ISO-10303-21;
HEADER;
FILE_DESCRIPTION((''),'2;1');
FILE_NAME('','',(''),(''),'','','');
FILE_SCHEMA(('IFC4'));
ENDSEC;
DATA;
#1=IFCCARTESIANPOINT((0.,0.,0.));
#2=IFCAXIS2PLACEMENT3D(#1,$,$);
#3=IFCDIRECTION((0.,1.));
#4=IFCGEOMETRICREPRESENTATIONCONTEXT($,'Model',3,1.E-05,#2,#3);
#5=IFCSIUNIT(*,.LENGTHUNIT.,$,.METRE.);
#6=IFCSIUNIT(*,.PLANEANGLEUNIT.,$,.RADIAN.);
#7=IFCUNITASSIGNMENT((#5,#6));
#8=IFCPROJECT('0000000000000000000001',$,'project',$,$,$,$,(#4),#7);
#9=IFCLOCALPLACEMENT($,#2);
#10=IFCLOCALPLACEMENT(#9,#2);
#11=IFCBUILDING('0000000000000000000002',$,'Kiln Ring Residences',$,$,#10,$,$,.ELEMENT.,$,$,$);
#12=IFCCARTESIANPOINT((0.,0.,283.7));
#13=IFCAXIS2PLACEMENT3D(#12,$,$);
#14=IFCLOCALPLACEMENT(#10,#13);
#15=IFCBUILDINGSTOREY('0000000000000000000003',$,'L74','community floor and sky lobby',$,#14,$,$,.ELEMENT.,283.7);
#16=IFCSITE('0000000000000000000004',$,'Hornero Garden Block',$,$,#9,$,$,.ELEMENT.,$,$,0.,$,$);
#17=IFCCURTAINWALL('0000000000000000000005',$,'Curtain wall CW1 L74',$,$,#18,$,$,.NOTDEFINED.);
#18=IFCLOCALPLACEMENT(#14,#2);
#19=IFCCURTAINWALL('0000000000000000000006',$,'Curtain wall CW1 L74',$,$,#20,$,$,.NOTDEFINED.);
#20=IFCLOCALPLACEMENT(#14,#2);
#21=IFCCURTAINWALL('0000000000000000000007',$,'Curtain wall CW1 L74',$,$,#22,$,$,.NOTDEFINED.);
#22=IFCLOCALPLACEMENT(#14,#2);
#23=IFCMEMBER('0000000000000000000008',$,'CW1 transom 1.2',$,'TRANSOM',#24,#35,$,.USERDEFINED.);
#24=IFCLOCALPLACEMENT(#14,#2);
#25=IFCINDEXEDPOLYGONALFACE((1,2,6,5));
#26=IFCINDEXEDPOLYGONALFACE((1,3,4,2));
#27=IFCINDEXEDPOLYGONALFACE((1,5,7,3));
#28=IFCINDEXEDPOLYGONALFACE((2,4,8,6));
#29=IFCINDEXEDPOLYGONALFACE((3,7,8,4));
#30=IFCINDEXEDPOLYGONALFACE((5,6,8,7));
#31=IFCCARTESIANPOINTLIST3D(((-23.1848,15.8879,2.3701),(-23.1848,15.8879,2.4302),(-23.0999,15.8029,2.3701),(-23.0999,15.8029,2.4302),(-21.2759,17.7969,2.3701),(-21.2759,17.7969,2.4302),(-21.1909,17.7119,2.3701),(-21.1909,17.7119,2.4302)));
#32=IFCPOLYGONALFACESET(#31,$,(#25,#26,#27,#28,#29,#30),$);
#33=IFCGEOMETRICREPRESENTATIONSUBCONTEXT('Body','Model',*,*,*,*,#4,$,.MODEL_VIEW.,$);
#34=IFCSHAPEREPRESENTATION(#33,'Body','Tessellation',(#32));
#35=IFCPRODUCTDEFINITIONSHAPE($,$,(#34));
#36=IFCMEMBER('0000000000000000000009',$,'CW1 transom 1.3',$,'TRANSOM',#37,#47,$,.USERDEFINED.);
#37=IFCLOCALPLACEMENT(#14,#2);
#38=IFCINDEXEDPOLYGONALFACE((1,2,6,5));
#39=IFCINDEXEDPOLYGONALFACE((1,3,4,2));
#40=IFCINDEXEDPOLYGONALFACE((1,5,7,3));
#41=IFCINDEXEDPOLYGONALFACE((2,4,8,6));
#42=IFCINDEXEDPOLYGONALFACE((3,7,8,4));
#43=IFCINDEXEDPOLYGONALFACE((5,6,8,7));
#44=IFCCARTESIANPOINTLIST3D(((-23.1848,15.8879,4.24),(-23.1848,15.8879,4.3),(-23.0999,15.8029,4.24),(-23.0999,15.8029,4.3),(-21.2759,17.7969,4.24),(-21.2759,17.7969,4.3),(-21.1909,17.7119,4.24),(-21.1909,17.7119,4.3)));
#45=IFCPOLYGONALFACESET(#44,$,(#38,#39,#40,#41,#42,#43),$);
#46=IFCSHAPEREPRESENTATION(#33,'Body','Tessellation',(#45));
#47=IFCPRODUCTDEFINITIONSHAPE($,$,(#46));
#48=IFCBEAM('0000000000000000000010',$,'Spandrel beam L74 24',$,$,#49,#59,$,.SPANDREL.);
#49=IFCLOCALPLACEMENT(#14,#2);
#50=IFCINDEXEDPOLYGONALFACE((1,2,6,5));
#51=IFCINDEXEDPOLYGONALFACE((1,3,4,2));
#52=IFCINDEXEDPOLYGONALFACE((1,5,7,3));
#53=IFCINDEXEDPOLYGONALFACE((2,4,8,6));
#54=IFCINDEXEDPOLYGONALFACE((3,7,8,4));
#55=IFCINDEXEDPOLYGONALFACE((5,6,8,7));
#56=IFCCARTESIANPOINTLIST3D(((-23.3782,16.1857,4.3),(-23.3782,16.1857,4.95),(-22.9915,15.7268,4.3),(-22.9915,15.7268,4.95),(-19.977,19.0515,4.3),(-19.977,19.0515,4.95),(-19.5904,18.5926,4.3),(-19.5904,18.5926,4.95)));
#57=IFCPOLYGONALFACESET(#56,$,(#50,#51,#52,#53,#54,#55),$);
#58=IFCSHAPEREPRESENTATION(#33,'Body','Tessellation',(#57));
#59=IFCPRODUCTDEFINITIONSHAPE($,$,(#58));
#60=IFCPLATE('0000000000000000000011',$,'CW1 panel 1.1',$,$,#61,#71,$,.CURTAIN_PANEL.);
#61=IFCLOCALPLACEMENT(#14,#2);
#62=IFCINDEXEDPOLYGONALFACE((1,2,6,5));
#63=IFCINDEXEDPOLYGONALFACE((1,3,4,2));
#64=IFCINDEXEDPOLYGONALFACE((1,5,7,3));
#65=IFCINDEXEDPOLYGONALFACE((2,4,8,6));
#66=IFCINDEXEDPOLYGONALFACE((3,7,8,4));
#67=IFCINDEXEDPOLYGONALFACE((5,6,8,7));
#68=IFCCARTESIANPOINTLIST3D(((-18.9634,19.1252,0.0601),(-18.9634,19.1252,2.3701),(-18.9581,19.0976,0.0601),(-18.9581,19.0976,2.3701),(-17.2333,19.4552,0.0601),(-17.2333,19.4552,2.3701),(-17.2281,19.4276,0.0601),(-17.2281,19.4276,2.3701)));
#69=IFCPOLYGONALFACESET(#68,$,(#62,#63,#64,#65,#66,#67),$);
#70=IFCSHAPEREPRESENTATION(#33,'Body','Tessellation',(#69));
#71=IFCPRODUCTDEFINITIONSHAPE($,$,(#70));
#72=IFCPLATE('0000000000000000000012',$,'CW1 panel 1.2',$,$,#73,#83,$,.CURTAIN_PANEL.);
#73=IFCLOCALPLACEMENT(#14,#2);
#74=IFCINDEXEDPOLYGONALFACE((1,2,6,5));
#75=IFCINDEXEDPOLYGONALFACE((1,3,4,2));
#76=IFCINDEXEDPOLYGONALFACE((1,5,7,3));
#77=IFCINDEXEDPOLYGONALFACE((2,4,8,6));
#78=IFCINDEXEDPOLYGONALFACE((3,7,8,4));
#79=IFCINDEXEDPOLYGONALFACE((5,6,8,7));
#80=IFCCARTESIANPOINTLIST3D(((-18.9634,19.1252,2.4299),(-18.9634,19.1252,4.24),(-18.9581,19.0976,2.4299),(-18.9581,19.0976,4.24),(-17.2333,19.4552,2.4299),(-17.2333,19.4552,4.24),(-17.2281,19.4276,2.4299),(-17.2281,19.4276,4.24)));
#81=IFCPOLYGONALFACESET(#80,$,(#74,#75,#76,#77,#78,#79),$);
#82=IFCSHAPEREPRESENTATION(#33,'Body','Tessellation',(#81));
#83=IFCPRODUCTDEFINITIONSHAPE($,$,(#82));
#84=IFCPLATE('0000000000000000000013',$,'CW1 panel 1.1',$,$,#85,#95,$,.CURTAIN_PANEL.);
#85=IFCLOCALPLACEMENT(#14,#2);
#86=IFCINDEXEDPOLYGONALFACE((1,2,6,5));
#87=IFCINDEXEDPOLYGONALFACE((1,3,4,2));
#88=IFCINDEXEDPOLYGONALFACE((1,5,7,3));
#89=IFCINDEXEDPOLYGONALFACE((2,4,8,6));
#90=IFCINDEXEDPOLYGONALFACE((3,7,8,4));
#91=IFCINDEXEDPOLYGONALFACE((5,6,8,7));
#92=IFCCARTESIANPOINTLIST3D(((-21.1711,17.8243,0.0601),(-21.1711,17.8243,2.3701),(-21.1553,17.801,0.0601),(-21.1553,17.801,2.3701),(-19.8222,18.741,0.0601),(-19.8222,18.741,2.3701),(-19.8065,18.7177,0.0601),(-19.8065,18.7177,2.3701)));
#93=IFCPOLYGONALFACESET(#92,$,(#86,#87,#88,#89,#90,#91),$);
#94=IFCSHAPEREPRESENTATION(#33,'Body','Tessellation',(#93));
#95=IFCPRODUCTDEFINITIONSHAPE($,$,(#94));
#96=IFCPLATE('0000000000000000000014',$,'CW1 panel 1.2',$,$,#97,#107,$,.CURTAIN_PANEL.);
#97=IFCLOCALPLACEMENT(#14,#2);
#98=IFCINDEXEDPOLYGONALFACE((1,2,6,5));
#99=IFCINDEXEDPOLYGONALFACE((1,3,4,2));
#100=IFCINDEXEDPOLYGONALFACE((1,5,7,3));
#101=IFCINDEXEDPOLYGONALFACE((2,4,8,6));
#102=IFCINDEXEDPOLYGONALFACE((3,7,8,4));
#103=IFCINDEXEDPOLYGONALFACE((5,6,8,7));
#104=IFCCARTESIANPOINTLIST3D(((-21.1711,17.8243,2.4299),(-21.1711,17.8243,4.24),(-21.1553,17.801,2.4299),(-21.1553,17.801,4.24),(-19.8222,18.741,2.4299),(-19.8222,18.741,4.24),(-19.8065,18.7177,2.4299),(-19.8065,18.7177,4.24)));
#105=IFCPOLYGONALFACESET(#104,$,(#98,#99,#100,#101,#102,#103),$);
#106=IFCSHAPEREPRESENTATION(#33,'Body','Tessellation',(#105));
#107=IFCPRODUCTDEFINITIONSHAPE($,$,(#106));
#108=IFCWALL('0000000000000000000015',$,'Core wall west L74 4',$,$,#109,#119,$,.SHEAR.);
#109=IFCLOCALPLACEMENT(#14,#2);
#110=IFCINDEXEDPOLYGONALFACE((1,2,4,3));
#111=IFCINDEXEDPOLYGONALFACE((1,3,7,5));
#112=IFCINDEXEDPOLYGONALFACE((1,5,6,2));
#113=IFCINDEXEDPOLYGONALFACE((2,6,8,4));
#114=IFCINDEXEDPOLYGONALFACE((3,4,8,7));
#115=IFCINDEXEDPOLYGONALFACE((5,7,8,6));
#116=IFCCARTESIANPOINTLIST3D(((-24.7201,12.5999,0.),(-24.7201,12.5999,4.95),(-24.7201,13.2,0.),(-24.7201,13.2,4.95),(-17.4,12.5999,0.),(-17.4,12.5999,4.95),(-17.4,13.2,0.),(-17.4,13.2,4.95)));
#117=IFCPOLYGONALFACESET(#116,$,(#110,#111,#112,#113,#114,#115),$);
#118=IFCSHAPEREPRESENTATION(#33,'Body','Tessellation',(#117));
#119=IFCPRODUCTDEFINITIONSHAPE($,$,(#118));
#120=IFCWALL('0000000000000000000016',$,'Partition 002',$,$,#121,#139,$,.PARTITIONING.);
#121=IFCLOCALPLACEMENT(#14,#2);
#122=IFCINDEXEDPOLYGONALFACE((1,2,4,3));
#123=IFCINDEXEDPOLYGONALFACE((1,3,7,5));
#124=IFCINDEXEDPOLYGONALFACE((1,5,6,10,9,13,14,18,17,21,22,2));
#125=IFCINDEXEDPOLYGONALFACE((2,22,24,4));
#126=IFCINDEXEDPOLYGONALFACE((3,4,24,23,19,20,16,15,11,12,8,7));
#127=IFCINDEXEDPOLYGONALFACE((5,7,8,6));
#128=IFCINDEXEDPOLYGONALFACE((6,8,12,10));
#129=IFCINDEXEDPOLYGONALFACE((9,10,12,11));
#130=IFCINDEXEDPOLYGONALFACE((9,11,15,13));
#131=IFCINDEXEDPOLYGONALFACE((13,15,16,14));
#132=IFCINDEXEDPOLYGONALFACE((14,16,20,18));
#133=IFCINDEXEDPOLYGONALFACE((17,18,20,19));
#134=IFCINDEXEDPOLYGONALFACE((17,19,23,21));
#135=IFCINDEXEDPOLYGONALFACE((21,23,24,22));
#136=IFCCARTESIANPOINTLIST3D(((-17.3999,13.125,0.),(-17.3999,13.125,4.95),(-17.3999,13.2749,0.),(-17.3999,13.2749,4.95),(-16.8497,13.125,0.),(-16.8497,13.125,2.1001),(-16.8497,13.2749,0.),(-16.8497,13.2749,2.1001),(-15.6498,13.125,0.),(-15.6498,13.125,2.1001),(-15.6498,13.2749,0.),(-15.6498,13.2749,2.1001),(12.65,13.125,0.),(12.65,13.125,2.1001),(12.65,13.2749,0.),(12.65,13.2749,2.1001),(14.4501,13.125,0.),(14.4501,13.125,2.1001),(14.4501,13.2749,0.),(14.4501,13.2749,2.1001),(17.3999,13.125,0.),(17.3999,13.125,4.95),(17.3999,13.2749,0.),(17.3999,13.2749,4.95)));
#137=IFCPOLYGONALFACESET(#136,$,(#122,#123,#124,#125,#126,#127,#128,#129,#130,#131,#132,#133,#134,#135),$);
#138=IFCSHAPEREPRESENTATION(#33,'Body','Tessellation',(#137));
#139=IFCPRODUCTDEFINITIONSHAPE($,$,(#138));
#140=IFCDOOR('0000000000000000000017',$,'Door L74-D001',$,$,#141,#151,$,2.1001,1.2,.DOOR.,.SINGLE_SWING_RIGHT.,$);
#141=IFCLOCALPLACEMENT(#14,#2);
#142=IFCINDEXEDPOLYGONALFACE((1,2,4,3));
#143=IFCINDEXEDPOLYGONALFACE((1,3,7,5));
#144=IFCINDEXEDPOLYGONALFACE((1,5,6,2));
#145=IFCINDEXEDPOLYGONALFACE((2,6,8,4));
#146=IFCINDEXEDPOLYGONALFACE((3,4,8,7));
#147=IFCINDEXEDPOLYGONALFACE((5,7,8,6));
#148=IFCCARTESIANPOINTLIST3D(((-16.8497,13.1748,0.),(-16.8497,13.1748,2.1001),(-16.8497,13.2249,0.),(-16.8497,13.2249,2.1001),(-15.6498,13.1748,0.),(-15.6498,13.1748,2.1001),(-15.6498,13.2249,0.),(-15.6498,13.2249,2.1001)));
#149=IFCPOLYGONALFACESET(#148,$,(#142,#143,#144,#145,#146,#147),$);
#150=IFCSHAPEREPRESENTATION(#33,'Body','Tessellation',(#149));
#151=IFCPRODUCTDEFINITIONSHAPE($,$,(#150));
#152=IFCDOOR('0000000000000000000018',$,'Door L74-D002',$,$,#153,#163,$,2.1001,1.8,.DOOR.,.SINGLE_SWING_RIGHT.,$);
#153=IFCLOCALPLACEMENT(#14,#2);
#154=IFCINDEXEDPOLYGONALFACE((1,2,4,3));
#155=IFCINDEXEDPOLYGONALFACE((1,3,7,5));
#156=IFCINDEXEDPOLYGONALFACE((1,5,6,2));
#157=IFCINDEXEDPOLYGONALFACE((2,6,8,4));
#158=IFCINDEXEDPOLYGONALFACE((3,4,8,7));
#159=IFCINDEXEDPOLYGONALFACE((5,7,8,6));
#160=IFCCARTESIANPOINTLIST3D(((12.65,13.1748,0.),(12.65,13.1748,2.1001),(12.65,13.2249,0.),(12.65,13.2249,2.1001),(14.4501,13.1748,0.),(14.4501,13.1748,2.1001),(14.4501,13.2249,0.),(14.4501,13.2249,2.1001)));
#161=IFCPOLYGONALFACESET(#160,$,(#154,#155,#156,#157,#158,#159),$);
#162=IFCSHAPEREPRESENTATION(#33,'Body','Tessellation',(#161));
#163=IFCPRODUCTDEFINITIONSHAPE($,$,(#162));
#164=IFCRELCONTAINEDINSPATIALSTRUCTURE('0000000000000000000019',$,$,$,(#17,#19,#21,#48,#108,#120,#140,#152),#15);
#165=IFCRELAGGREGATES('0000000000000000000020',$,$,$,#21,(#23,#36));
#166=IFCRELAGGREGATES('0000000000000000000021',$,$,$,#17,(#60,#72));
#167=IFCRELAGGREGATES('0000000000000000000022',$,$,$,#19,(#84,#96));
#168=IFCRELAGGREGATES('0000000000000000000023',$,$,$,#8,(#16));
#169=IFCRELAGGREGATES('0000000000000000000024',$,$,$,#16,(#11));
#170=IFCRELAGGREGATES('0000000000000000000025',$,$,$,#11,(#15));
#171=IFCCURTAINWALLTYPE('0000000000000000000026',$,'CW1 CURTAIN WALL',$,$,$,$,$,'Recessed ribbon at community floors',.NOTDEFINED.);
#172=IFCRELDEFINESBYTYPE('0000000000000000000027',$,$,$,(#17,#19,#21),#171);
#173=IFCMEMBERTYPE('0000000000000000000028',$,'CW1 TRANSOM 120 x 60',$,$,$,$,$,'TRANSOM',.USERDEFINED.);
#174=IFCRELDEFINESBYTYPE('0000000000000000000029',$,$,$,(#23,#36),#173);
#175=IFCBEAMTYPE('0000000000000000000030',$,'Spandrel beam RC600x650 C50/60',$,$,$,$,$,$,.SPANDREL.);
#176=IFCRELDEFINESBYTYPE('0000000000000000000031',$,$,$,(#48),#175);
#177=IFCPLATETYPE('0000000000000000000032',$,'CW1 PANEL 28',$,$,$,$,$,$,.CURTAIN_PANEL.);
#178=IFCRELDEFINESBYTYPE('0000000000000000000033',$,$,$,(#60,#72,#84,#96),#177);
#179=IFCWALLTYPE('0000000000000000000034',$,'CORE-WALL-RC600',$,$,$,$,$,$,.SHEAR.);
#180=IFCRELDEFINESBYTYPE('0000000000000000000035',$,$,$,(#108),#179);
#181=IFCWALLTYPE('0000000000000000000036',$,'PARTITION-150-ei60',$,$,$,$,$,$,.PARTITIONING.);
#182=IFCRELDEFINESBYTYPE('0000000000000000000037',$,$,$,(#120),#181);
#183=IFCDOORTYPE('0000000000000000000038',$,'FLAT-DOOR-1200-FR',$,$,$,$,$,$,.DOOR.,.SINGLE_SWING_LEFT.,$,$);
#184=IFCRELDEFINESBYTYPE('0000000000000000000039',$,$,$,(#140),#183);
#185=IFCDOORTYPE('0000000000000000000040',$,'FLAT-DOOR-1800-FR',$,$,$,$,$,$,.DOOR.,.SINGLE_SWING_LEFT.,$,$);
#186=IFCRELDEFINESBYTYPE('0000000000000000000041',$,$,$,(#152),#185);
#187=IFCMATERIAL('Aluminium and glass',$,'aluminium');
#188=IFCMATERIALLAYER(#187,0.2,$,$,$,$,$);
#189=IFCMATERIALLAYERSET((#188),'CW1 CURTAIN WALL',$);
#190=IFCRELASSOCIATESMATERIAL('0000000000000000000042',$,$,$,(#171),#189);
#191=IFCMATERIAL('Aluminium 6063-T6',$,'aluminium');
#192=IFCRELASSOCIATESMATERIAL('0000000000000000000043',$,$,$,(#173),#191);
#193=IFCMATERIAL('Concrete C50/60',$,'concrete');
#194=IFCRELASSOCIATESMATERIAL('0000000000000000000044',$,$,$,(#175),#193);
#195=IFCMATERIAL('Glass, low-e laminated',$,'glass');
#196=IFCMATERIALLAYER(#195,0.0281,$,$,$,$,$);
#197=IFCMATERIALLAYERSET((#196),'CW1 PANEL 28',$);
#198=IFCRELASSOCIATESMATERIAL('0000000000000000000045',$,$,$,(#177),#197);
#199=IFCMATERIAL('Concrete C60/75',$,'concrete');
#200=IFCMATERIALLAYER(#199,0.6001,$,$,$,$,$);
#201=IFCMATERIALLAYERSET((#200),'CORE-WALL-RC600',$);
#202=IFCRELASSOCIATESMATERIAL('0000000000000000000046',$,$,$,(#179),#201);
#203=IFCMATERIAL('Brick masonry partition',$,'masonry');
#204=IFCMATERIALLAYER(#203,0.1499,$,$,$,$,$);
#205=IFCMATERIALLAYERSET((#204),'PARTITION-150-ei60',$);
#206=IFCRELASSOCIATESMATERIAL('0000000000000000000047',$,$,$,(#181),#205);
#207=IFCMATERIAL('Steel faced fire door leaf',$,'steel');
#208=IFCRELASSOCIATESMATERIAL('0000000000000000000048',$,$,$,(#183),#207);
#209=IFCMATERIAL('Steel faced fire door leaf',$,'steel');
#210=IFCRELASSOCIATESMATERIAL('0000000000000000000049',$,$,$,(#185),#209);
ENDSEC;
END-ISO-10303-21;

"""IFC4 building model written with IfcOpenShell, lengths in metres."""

from ifc_helpers import new_model, si_unit, direction, frame, frame_2d, origin, origin_2d, place, context, subcontext, project, spatial, rectangle, extrude, material, layer, layer_set, material_profile, profile_set, type_object, element, fill, aggregate, save


model = new_model("IFC4")

# Units and contexts
model_context = context("Model", 3, precision=1e-05, world=origin(), true_north=direction((0.0, 1.0)))
body_context = subcontext(model_context, "Body", "Model", "MODEL_VIEW")
ifc_project = project(units=[si_unit("LENGTHUNIT", "METRE"), si_unit("PLANEANGLEUNIT", "RADIAN")], contexts=[model_context])

# Site, building, storey
site_placement = place(None, origin())
site = spatial("IfcSite", under=ifc_project, at=site_placement, Name="Hornero Garden Block", CompositionType="ELEMENT", RefElevation=0.0)
building_placement = place(site_placement, origin())
building = spatial("IfcBuilding", under=site, at=building_placement, Name="Kiln Ring Residences", CompositionType="ELEMENT")
storey_placement = place(building_placement, frame((0.0, 0.0, 283.7)))
storey = spatial("IfcBuildingStorey", under=building, at=storey_placement, Name="L74", Description="community floor and sky lobby", CompositionType="ELEMENT", Elevation=283.7)

# Shared definitions
ifc_material_1 = material(Name="Aluminium and glass", Category="aluminium")
ifc_layer_1 = layer(ifc_material_1, 0.2)
ifc_layer_set_1 = layer_set([ifc_layer_1], Name="CW1 CURTAIN WALL")
curtain_wall_type = type_object("IfcCurtainWallType", Name="CW1 CURTAIN WALL", ElementType="Recessed ribbon at community floors", PredefinedType="NOTDEFINED", material=ifc_layer_set_1)
placement = place(storey_placement, origin())

# Curtain walls
curtain_wall_1 = element("IfcCurtainWall", 1, at=placement, inside=storey, type_object=curtain_wall_type, Name="Curtain wall CW1 L74", PredefinedType="NOTDEFINED")
curtain_wall_2 = element("IfcCurtainWall", 2, at=placement, inside=storey, type_object=curtain_wall_type, Name="Curtain wall CW1 L74", PredefinedType="NOTDEFINED")

# Curtain wall
curtain_wall_3 = element("IfcCurtainWall", 3, at=placement, inside=storey, type_object=curtain_wall_type, Name="Curtain wall CW1 L74", PredefinedType="NOTDEFINED")

# Members
ifc_material_2 = material(Name="Aluminium 6063-T6", Category="aluminium")
ifc_material_profile_1 = material_profile(ifc_material_2, rectangle(XDim=0.1201, YDim=0.0601, at=origin_2d()), Name="AL 120x60")
ifc_profile_set_1 = profile_set([ifc_material_profile_1], Name="Aluminium 6063-T6")
member_type_1 = type_object("IfcMemberType", Name="CW1 TRANSOM 120 x 60", ElementType="TRANSOM", PredefinedType="USERDEFINED", material=ifc_profile_set_1)
member_1_placement = place(storey_placement, frame((-21.2334, 17.7544, 2.4001), z_axis=(-0.707107, -0.707107, 0.0), x_axis=(0.707107, -0.707107, 0.0)))
member_1 = element("IfcMember", 4, at=member_1_placement, type_object=member_type_1, Name="CW1 transom 1.2", ObjectType="TRANSOM", PredefinedType="USERDEFINED", context=body_context, shape_type="SweptSolid", body=[
    extrude(rectangle(XDim=0.1201, YDim=0.0601, at=origin_2d()), origin(), (0.0, 0.0, 1.0), 2.6997),
])
member_2_placement = place(storey_placement, frame((-21.2334, 17.7544, 4.27), z_axis=(-0.707107, -0.707107, 0.0), x_axis=(0.707107, -0.707107, 0.0)))
member_2 = element("IfcMember", 5, at=member_2_placement, type_object=member_type_1, Name="CW1 transom 1.3", ObjectType="TRANSOM", PredefinedType="USERDEFINED", context=body_context, shape_type="SweptSolid", body=[
    extrude(rectangle(XDim=0.1201, YDim=0.0601, at=origin_2d()), origin(), (0.0, 0.0, 1.0), 2.6997),
])
aggregate(curtain_wall_3, [member_1, member_2])

# Beam
ifc_material_3 = material(Name="Concrete C50/60", Category="concrete")
ifc_material_profile_2 = material_profile(ifc_material_3, rectangle(XDim=0.6001, YDim=0.6499, at=origin_2d()), Name="RC600x650")
ifc_profile_set_2 = profile_set([ifc_material_profile_2], Name="Concrete C50/60")
beam_type = type_object("IfcBeamType", Name="Spandrel beam RC600x650 C50/60", PredefinedType="SPANDREL", material=ifc_profile_set_2)
beam_placement = place(storey_placement, frame((-19.7837, 18.822, 4.625), z_axis=(-0.764732, -0.644349, 0.0), x_axis=(0.644349, -0.764732, 0.0)))
element("IfcBeam", 6, at=beam_placement, inside=storey, type_object=beam_type, Name="Spandrel beam L74 24", PredefinedType="SPANDREL", context=body_context, shape_type="SweptSolid", body=[
    extrude(rectangle(XDim=0.6001, YDim=0.6499, at=origin_2d()), origin(), (0.0, 0.0, 1.0), 4.4475),
])

# Plates
ifc_material_4 = material(Name="Glass, low-e laminated", Category="glass")
ifc_layer_2 = layer(ifc_material_4, 0.0281)
ifc_layer_set_2 = layer_set([ifc_layer_2], Name="CW1 PANEL 28")
plate_type = type_object("IfcPlateType", Name="CW1 PANEL 28", PredefinedType="CURTAIN_PANEL", material=ifc_layer_set_2)
plate_1_placement = place(storey_placement, frame((-18.0957, 19.2764, 0.0601), z_axis=(0.0, 0.0, 1.0), x_axis=(-0.98229, -0.187366, 0.0)))
plate_1 = element("IfcPlate", 7, at=plate_1_placement, type_object=plate_type, Name="CW1 panel 1.1", PredefinedType="CURTAIN_PANEL", context=body_context, shape_type="SweptSolid", body=[
    extrude(rectangle(XDim=1.7612, YDim=0.0281, at=origin_2d()), origin(), (0.0, 0.0, 1.0), 2.3101),
])
plate_2_placement = place(storey_placement, frame((-18.0957, 19.2764, 2.4299), z_axis=(0.0, 0.0, 1.0), x_axis=(-0.98229, -0.187366, 0.0)))
plate_2 = element("IfcPlate", 8, at=plate_2_placement, type_object=plate_type, Name="CW1 panel 1.2", PredefinedType="CURTAIN_PANEL", context=body_context, shape_type="SweptSolid", body=[
    extrude(rectangle(XDim=1.7612, YDim=0.0281, at=origin_2d()), origin(), (0.0, 0.0, 1.0), 1.8101),
])
aggregate(curtain_wall_1, [plate_1, plate_2])
plate_3_placement = place(storey_placement, frame((-20.4888, 18.271, 0.0601), z_axis=(0.0, 0.0, 1.0), x_axis=(-0.827072, -0.562097, 0.0)))
plate_3 = element("IfcPlate", 9, at=plate_3_placement, type_object=plate_type, Name="CW1 panel 1.1", PredefinedType="CURTAIN_PANEL", context=body_context, shape_type="SweptSolid", body=[
    extrude(rectangle(XDim=1.6309, YDim=0.0281, at=origin_2d()), origin(), (0.0, 0.0, 1.0), 2.3101),
])
plate_4_placement = place(storey_placement, frame((-20.4888, 18.271, 2.4299), z_axis=(0.0, 0.0, 1.0), x_axis=(-0.827072, -0.562097, 0.0)))
plate_4 = element("IfcPlate", 10, at=plate_4_placement, type_object=plate_type, Name="CW1 panel 1.2", PredefinedType="CURTAIN_PANEL", context=body_context, shape_type="SweptSolid", body=[
    extrude(rectangle(XDim=1.6309, YDim=0.0281, at=origin_2d()), origin(), (0.0, 0.0, 1.0), 1.8101),
])
aggregate(curtain_wall_2, [plate_3, plate_4])

# Wall
ifc_material_5 = material(Name="Concrete C60/75", Category="concrete")
ifc_layer_3 = layer(ifc_material_5, 0.6001)
ifc_layer_set_3 = layer_set([ifc_layer_3], Name="CORE-WALL-RC600")
wall_type_1 = type_object("IfcWallType", Name="CORE-WALL-RC600", PredefinedType="SHEAR", material=ifc_layer_set_3)
wall_1_placement = place(storey_placement, frame((-17.3999, 12.8999, 0.0), z_axis=(0.0, 0.0, 1.0), x_axis=(-1.0, 0.0, 0.0)))
element("IfcWall", 11, at=wall_1_placement, inside=storey, type_object=wall_type_1, Name="Core wall west L74 4", PredefinedType="SHEAR", context=body_context, shape_type="SweptSolid", body=[
    extrude(rectangle(XDim=7.3201, YDim=0.6001, at=frame_2d((3.6602, 0.0))), origin(), (0.0, 0.0, 1.0), 4.95),
])

# Wall, openings, doors
ifc_material_6 = material(Name="Brick masonry partition", Category="masonry")
ifc_layer_4 = layer(ifc_material_6, 0.1499)
ifc_layer_set_4 = layer_set([ifc_layer_4], Name="PARTITION-150-ei60")
wall_type_2 = type_object("IfcWallType", Name="PARTITION-150-ei60", PredefinedType="PARTITIONING", material=ifc_layer_set_4)
wall_2_placement = place(storey_placement, frame((-17.3999, 13.2, 0.0), z_axis=(0.0, 0.0, 1.0), x_axis=(1.0, 0.0, 0.0)))
wall_2 = element("IfcWall", 12, at=wall_2_placement, inside=storey, type_object=wall_type_2, Name="Partition 002", PredefinedType="PARTITIONING", context=body_context, shape_type="SweptSolid", body=[
    extrude(rectangle(XDim=34.7998, YDim=0.1499, at=frame_2d((17.3999, 0.0))), origin(), (0.0, 0.0, 1.0), 4.95),
])
opening_1_placement = place(wall_2_placement, frame((0.55, 0.0, 0.0)))
opening_1 = element("IfcOpeningElement", 13, at=opening_1_placement, cuts=wall_2, PredefinedType="OPENING", context=body_context, shape_type="SweptSolid", body=[
    extrude(rectangle(XDim=1.2, YDim=2.1001, at=frame_2d((0.6001, 1.05))), frame((0.0, 0.085, 0.0), z_axis=(0.0, -1.0, 0.0), x_axis=(1.0, 0.0, 0.0)), (0.0, 0.0, 1.0), 0.1699),
])
opening_2_placement = place(wall_2_placement, frame((30.05, 0.0, 0.0)))
opening_2 = element("IfcOpeningElement", 14, at=opening_2_placement, cuts=wall_2, PredefinedType="OPENING", context=body_context, shape_type="SweptSolid", body=[
    extrude(rectangle(XDim=1.8, YDim=2.1001, at=frame_2d((0.8999, 1.05))), frame((0.0, 0.085, 0.0), z_axis=(0.0, -1.0, 0.0), x_axis=(1.0, 0.0, 0.0)), (0.0, 0.0, 1.0), 0.1699),
])
ifc_material_7 = material(Name="Steel faced fire door leaf", Category="steel")
door_type_1 = type_object("IfcDoorType", Name="FLAT-DOOR-1200-FR", OperationType="SINGLE_SWING_LEFT", PredefinedType="DOOR", material=ifc_material_7)
door_1_placement = place(opening_1_placement, origin())
door_1 = element("IfcDoor", 15, at=door_1_placement, inside=storey, type_object=door_type_1, Name="Door L74-D001", OperationType="SINGLE_SWING_RIGHT", OverallHeight=2.1001, OverallWidth=1.2, PredefinedType="DOOR", context=body_context, shape_type="SweptSolid", body=[
    extrude(rectangle(XDim=1.2, YDim=2.1001, at=frame_2d((0.6001, 1.05))), frame((0.0, 0.0249, 0.0), z_axis=(0.0, -1.0, 0.0), x_axis=(1.0, 0.0, 0.0)), (0.0, 0.0, 1.0), 0.05),
])
fill(opening_1, door_1)
ifc_material_8 = material(Name="Steel faced fire door leaf", Category="steel")
door_type_2 = type_object("IfcDoorType", Name="FLAT-DOOR-1800-FR", OperationType="SINGLE_SWING_LEFT", PredefinedType="DOOR", material=ifc_material_8)
door_2_placement = place(opening_2_placement, origin())
door_2 = element("IfcDoor", 16, at=door_2_placement, inside=storey, type_object=door_type_2, Name="Door L74-D002", OperationType="SINGLE_SWING_RIGHT", OverallHeight=2.1001, OverallWidth=1.8, PredefinedType="DOOR", context=body_context, shape_type="SweptSolid", body=[
    extrude(rectangle(XDim=1.8, YDim=2.1001, at=frame_2d((0.8999, 1.05))), frame((0.0, 0.0249, 0.0), z_axis=(0.0, -1.0, 0.0), x_axis=(1.0, 0.0, 0.0)), (0.0, 0.0, 1.0), 0.05),
])
fill(opening_2, door_2)

save(model, "model.ifc")
